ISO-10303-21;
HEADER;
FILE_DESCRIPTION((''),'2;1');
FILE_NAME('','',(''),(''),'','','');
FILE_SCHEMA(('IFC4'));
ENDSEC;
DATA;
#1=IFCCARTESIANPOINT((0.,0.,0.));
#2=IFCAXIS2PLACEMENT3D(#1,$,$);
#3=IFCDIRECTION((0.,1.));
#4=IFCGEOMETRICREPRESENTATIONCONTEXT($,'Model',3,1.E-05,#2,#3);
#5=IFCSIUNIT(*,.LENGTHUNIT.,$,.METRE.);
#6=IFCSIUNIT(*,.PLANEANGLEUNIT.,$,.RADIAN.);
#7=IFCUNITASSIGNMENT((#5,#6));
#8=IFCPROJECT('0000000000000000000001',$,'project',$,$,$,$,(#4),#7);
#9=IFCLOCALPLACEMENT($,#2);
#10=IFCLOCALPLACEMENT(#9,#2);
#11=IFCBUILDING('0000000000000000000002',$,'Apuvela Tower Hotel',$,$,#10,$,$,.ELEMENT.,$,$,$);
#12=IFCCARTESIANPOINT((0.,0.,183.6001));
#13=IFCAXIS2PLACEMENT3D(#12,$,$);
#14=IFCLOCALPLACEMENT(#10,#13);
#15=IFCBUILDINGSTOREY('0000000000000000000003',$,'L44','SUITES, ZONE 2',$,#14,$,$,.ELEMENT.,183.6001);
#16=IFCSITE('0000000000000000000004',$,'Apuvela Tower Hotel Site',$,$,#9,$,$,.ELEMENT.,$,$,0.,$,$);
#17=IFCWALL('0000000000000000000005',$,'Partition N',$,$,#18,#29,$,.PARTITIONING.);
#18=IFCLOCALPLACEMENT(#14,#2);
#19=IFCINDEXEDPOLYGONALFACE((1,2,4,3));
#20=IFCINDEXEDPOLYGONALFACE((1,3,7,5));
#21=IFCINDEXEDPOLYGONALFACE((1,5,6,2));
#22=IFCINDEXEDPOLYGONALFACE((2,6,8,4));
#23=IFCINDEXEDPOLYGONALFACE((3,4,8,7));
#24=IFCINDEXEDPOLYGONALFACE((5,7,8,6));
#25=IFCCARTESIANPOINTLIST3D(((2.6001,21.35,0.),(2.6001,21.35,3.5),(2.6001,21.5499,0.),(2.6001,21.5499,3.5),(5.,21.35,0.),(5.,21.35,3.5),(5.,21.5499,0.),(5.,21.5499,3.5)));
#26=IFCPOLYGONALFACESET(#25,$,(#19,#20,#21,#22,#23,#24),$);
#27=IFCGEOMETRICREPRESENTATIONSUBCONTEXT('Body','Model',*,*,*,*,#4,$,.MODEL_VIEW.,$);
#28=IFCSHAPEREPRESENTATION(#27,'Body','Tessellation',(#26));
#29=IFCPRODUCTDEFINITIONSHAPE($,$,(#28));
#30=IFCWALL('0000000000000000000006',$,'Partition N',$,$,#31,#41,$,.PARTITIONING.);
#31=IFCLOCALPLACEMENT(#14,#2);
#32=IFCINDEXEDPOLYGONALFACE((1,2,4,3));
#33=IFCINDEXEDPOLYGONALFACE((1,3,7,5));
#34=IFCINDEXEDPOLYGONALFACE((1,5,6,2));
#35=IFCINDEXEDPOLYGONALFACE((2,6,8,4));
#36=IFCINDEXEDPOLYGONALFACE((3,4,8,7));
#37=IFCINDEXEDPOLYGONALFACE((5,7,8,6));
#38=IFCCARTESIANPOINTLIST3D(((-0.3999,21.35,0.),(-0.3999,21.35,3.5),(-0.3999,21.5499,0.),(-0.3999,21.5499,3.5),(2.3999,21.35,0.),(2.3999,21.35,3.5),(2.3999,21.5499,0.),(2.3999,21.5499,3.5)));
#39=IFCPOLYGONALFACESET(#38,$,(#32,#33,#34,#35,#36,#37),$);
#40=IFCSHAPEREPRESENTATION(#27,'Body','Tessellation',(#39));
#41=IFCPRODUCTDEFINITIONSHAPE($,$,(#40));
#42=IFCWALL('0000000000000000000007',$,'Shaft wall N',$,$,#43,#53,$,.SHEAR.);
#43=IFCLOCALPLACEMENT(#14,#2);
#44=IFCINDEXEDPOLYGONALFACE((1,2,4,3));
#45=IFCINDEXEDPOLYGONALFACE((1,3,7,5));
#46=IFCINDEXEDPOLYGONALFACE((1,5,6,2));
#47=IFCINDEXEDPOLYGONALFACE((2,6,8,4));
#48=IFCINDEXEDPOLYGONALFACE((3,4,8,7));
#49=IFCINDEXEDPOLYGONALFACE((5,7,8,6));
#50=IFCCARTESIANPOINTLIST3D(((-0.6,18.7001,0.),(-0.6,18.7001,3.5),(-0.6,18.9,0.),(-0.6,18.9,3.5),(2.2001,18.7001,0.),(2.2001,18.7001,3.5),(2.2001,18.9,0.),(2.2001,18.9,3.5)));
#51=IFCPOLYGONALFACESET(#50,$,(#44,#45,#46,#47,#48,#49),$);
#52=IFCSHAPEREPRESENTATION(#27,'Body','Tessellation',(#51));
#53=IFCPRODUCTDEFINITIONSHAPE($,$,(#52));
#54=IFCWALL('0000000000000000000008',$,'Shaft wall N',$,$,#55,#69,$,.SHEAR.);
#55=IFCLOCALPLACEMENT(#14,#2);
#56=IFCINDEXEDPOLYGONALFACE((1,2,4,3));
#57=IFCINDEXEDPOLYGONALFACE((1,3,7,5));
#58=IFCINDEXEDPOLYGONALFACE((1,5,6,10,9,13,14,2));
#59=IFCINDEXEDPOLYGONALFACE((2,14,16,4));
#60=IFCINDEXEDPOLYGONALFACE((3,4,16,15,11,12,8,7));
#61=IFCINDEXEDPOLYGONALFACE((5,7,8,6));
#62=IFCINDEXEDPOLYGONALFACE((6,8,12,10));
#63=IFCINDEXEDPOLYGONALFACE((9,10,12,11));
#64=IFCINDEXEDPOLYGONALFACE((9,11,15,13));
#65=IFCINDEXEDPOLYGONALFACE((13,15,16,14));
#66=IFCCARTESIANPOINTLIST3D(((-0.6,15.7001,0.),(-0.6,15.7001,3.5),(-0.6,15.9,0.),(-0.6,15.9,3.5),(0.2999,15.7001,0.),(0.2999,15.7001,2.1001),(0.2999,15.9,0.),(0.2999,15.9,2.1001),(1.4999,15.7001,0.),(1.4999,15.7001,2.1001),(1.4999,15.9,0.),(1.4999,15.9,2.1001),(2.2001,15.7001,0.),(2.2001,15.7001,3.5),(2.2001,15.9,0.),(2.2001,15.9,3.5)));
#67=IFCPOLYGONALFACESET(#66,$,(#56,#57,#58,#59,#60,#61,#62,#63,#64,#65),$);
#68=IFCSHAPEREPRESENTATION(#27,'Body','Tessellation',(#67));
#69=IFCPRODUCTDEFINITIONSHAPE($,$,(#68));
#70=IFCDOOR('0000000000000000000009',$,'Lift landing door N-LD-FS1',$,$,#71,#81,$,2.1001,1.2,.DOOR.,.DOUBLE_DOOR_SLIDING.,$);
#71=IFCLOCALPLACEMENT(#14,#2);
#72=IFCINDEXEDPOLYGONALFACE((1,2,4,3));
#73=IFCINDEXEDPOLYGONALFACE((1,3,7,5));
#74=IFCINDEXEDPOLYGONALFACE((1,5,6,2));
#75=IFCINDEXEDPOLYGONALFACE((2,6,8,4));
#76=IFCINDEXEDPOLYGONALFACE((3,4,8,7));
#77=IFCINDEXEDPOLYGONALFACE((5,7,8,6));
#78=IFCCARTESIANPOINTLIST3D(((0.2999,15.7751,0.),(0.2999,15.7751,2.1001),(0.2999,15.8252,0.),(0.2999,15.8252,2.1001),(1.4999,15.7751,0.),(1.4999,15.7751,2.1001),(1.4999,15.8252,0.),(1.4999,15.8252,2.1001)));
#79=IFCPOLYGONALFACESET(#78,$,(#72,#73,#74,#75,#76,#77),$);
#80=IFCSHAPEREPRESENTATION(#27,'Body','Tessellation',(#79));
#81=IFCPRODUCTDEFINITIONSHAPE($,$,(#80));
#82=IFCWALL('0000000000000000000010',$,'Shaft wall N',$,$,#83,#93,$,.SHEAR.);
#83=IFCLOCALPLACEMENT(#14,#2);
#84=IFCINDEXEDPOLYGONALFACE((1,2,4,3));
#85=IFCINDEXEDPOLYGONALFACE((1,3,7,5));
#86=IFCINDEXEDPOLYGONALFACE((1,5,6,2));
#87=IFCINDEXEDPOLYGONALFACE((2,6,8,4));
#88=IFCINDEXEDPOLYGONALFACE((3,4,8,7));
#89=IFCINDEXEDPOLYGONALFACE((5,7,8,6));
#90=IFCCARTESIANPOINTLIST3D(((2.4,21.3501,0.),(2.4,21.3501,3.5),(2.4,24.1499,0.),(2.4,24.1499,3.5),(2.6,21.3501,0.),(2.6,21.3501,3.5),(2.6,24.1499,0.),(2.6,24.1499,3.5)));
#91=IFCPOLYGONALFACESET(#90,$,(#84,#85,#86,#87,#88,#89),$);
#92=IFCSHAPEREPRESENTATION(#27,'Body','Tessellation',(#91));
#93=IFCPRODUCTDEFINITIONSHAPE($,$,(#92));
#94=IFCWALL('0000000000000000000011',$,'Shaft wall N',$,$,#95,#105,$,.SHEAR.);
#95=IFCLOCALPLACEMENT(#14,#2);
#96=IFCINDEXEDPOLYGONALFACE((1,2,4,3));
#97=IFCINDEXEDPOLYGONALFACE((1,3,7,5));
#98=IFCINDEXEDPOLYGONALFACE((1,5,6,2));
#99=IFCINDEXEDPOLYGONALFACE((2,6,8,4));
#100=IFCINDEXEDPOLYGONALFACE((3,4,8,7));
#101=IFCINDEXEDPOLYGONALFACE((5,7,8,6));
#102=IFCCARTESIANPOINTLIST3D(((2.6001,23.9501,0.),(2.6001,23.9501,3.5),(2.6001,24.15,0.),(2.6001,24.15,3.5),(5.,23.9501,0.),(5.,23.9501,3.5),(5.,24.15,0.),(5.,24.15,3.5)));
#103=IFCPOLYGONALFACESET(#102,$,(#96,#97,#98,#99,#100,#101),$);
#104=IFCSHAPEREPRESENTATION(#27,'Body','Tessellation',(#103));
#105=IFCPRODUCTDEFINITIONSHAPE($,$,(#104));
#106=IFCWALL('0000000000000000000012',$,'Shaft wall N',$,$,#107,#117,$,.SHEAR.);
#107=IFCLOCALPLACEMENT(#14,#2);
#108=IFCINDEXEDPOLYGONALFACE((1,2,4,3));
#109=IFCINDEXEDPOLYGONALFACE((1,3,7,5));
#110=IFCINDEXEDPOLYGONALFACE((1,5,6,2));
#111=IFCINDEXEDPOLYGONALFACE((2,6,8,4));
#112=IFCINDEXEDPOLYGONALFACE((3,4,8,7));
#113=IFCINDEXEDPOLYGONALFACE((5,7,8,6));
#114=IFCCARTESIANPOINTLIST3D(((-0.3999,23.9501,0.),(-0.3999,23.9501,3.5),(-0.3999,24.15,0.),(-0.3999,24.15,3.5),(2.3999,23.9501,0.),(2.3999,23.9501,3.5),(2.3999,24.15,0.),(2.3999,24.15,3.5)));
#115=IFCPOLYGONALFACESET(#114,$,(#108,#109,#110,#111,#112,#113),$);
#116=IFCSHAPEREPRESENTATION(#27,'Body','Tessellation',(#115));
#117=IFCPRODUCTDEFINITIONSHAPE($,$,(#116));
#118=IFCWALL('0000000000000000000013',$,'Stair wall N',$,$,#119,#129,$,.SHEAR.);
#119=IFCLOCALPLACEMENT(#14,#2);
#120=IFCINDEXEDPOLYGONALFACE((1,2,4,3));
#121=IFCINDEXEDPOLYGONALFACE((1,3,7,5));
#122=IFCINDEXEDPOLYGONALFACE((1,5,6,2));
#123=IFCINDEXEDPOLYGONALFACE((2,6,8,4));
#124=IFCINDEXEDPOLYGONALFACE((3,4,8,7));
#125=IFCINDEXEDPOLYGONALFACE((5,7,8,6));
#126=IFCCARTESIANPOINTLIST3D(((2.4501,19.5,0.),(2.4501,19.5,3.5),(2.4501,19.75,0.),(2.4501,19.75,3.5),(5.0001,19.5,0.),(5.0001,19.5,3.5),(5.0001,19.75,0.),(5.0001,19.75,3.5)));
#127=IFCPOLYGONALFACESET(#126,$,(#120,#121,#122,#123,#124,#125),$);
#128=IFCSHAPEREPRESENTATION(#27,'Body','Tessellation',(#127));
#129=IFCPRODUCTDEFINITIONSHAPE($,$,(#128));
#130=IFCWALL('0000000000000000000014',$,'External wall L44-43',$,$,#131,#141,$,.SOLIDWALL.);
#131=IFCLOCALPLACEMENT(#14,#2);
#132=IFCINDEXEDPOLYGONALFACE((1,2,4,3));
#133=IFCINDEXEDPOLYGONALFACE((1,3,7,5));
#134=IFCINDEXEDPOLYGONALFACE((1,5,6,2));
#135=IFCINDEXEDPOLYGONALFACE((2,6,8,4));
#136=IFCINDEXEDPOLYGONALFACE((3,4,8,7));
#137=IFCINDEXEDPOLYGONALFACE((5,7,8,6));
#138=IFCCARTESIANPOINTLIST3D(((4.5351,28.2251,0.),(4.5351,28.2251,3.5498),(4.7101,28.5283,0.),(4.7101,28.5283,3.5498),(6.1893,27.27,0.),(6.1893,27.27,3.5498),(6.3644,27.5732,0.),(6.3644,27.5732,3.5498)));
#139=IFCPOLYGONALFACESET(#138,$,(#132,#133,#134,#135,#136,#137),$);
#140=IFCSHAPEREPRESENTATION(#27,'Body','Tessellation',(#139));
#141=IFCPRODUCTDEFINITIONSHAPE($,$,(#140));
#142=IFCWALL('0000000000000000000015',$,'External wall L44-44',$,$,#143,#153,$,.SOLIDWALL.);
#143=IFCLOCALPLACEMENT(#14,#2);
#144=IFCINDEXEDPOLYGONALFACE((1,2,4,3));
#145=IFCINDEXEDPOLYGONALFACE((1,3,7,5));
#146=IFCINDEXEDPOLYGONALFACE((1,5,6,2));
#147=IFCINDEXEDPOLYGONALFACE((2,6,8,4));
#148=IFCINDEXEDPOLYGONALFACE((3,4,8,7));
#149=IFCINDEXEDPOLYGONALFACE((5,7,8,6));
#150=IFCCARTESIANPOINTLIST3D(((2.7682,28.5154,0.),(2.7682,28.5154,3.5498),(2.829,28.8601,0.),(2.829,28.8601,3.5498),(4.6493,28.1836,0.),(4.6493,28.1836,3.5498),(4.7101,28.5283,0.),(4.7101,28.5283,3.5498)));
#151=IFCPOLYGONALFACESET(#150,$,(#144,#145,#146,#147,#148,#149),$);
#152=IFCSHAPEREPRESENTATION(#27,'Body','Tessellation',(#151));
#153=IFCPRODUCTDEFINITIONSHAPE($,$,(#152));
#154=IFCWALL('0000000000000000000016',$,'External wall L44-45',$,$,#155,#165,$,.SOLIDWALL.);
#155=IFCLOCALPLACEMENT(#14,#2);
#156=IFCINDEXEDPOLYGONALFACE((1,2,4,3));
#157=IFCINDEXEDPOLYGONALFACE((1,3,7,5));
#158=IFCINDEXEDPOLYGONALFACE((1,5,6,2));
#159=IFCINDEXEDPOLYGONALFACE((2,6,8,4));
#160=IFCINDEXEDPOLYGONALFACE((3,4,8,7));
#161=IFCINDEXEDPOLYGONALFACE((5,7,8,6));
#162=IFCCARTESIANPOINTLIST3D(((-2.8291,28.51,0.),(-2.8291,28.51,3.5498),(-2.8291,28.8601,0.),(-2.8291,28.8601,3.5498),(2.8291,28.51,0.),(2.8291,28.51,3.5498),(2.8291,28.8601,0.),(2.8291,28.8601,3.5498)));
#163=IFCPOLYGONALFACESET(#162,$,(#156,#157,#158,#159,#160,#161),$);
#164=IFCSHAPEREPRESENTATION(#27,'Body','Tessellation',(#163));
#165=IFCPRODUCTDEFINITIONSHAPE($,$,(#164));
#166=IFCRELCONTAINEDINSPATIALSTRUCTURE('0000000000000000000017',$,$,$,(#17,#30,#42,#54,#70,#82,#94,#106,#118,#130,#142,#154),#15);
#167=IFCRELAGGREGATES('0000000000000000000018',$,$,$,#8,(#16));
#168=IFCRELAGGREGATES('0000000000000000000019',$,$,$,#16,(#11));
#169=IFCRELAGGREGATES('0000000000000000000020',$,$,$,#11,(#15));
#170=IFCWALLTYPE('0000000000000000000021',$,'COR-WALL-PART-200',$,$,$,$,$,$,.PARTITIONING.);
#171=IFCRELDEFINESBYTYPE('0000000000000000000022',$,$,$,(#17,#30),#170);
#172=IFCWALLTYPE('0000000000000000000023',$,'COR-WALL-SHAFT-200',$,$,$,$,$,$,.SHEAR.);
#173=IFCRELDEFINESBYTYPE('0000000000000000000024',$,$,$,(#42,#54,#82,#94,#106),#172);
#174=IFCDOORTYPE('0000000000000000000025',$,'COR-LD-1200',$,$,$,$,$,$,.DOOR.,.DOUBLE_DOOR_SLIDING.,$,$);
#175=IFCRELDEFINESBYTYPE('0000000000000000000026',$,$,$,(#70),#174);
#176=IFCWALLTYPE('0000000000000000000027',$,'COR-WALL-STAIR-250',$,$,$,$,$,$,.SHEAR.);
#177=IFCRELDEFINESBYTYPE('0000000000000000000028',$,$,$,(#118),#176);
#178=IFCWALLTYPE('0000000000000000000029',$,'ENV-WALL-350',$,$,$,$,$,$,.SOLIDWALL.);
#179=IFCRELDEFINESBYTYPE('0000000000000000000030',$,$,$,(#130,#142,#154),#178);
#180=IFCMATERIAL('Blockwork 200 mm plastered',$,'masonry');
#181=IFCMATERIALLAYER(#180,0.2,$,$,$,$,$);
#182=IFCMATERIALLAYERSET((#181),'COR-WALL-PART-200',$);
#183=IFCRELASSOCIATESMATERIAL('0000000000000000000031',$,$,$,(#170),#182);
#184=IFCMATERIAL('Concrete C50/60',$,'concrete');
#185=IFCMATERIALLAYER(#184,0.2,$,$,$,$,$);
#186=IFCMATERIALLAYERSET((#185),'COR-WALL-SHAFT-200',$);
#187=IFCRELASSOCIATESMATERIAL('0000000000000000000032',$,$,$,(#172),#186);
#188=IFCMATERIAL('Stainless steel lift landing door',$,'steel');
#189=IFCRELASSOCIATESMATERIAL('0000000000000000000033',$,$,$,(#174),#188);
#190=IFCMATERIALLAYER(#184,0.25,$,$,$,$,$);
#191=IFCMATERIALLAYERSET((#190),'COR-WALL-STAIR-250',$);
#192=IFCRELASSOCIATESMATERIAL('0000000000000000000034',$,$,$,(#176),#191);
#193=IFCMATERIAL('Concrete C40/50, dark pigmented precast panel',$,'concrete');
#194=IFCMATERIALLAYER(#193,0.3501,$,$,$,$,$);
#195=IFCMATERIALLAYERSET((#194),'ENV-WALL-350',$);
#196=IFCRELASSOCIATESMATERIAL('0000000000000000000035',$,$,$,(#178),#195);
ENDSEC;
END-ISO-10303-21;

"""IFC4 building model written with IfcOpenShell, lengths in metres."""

from ifc_helpers import new_model, si_unit, direction, frame, frame_2d, origin, place, context, subcontext, project, spatial, rectangle, extrude, material, layer, layer_set, type_object, element, fill, save


model = new_model("IFC4")

# Units and contexts
model_context = context("Model", 3, precision=1e-05, world=origin(), true_north=direction((0.0, 1.0)))
body_context = subcontext(model_context, "Body", "Model", "MODEL_VIEW")
ifc_project = project(units=[si_unit("LENGTHUNIT", "METRE"), si_unit("PLANEANGLEUNIT", "RADIAN")], contexts=[model_context])

# Site, building, storey
site_placement = place(None, origin())
site = spatial("IfcSite", under=ifc_project, at=site_placement, Name="Apuvela Tower Hotel Site", CompositionType="ELEMENT", RefElevation=0.0)
building_placement = place(site_placement, origin())
building = spatial("IfcBuilding", under=site, at=building_placement, Name="Apuvela Tower Hotel", CompositionType="ELEMENT")
storey_placement = place(building_placement, frame((0.0, 0.0, 183.6001)))
storey = spatial("IfcBuildingStorey", under=building, at=storey_placement, Name="L44", Description="SUITES, ZONE 2", CompositionType="ELEMENT", Elevation=183.6001)

# Walls
ifc_material_1 = material(Name="Blockwork 200 mm plastered", Category="masonry")
ifc_layer_1 = layer(ifc_material_1, 0.2)
ifc_layer_set_1 = layer_set([ifc_layer_1], Name="COR-WALL-PART-200")
wall_type_1 = type_object("IfcWallType", Name="COR-WALL-PART-200", PredefinedType="PARTITIONING", material=ifc_layer_set_1)
wall_1_placement = place(storey_placement, frame((5.0, 21.45, 0.0), z_axis=(0.0, 0.0, 1.0), x_axis=(-1.0, 0.0, 0.0)))
element("IfcWall", 1, at=wall_1_placement, inside=storey, type_object=wall_type_1, Name="Partition N", PredefinedType="PARTITIONING", context=body_context, shape_type="SweptSolid", body=[
    extrude(rectangle(XDim=2.3999, YDim=0.2, at=frame_2d((1.2, 0.0))), origin(), (0.0, 0.0, 1.0), 3.5),
])
wall_2_placement = place(storey_placement, frame((2.3999, 21.45, 0.0), z_axis=(0.0, 0.0, 1.0), x_axis=(-1.0, 0.0, 0.0)))
element("IfcWall", 2, at=wall_2_placement, inside=storey, type_object=wall_type_1, Name="Partition N", PredefinedType="PARTITIONING", context=body_context, shape_type="SweptSolid", body=[
    extrude(rectangle(XDim=2.7998, YDim=0.2, at=frame_2d((1.3999, 0.0))), origin(), (0.0, 0.0, 1.0), 3.5),
])
ifc_material_2 = material(Name="Concrete C50/60", Category="concrete")
ifc_layer_2 = layer(ifc_material_2, 0.2)
ifc_layer_set_2 = layer_set([ifc_layer_2], Name="COR-WALL-SHAFT-200")
wall_type_2 = type_object("IfcWallType", Name="COR-WALL-SHAFT-200", PredefinedType="SHEAR", material=ifc_layer_set_2)
wall_3_placement = place(storey_placement, frame((2.2, 18.8, 0.0), z_axis=(0.0, 0.0, 1.0), x_axis=(-1.0, 0.0, 0.0)))
element("IfcWall", 3, at=wall_3_placement, inside=storey, type_object=wall_type_2, Name="Shaft wall N", PredefinedType="SHEAR", context=body_context, shape_type="SweptSolid", body=[
    extrude(rectangle(XDim=2.8, YDim=0.2, at=frame_2d((1.3999, 0.0))), origin(), (0.0, 0.0, 1.0), 3.5),
])

# Wall, opening, door
wall_4_placement = place(storey_placement, frame((2.2, 15.8, 0.0), z_axis=(0.0, 0.0, 1.0), x_axis=(-1.0, 0.0, 0.0)))
wall_4 = element("IfcWall", 4, at=wall_4_placement, inside=storey, type_object=wall_type_2, Name="Shaft wall N", PredefinedType="SHEAR", context=body_context, shape_type="SweptSolid", body=[
    extrude(rectangle(XDim=2.8, YDim=0.2, at=frame_2d((1.3999, 0.0))), origin(), (0.0, 0.0, 1.0), 3.5),
])
opening_placement = place(wall_4_placement, frame((0.7, 0.0, 0.0)))
opening = element("IfcOpeningElement", 5, at=opening_placement, cuts=wall_4, PredefinedType="OPENING", context=body_context, shape_type="SweptSolid", body=[
    extrude(rectangle(XDim=1.2, YDim=2.1001, at=frame_2d((0.6001, 1.05))), frame((0.0, 0.1099, 0.0), z_axis=(0.0, -1.0, 0.0), x_axis=(1.0, 0.0, 0.0)), (0.0, 0.0, 1.0), 0.22),
])
ifc_material_3 = material(Name="Stainless steel lift landing door", Category="steel")
door_type = type_object("IfcDoorType", Name="COR-LD-1200", OperationType="DOUBLE_DOOR_SLIDING", PredefinedType="DOOR", material=ifc_material_3)
door_placement = place(opening_placement, origin())
door = element("IfcDoor", 6, at=door_placement, inside=storey, type_object=door_type, Name="Lift landing door N-LD-FS1", OperationType="DOUBLE_DOOR_SLIDING", OverallHeight=2.1001, OverallWidth=1.2, PredefinedType="DOOR", context=body_context, shape_type="SweptSolid", body=[
    extrude(rectangle(XDim=1.2, YDim=2.1001, at=frame_2d((0.6001, 1.05))), frame((0.0, 0.0249, 0.0), z_axis=(0.0, -1.0, 0.0), x_axis=(1.0, 0.0, 0.0)), (0.0, 0.0, 1.0), 0.05),
])
fill(opening, door)

# Walls
wall_5_placement = place(storey_placement, frame((2.5, 21.3501, 0.0), z_axis=(0.0, 0.0, 1.0), x_axis=(0.0, 1.0, 0.0)))
element("IfcWall", 7, at=wall_5_placement, inside=storey, type_object=wall_type_2, Name="Shaft wall N", PredefinedType="SHEAR", context=body_context, shape_type="SweptSolid", body=[
    extrude(rectangle(XDim=2.7998, YDim=0.2, at=frame_2d((1.3999, 0.0))), origin(), (0.0, 0.0, 1.0), 3.5),
])
wall_6_placement = place(storey_placement, frame((5.0, 24.05, 0.0), z_axis=(0.0, 0.0, 1.0), x_axis=(-1.0, 0.0, 0.0)))
element("IfcWall", 8, at=wall_6_placement, inside=storey, type_object=wall_type_2, Name="Shaft wall N", PredefinedType="SHEAR", context=body_context, shape_type="SweptSolid", body=[
    extrude(rectangle(XDim=2.3999, YDim=0.2, at=frame_2d((1.2, 0.0))), origin(), (0.0, 0.0, 1.0), 3.5),
])
wall_7_placement = place(storey_placement, frame((2.3999, 24.05, 0.0), z_axis=(0.0, 0.0, 1.0), x_axis=(-1.0, 0.0, 0.0)))
element("IfcWall", 9, at=wall_7_placement, inside=storey, type_object=wall_type_2, Name="Shaft wall N", PredefinedType="SHEAR", context=body_context, shape_type="SweptSolid", body=[
    extrude(rectangle(XDim=2.7998, YDim=0.2, at=frame_2d((1.3999, 0.0))), origin(), (0.0, 0.0, 1.0), 3.5),
])
ifc_layer_3 = layer(ifc_material_2, 0.25)
ifc_layer_set_3 = layer_set([ifc_layer_3], Name="COR-WALL-STAIR-250")
wall_type_3 = type_object("IfcWallType", Name="COR-WALL-STAIR-250", PredefinedType="SHEAR", material=ifc_layer_set_3)
wall_8_placement = place(storey_placement, frame((5.0, 19.625, 0.0), z_axis=(0.0, 0.0, 1.0), x_axis=(-1.0, 0.0, 0.0)))
element("IfcWall", 10, at=wall_8_placement, inside=storey, type_object=wall_type_3, Name="Stair wall N", PredefinedType="SHEAR", context=body_context, shape_type="SweptSolid", body=[
    extrude(rectangle(XDim=2.55, YDim=0.25, at=frame_2d((1.2749, 0.0))), origin(), (0.0, 0.0, 1.0), 3.5),
])
ifc_material_4 = material(Name="Concrete C40/50, dark pigmented precast panel", Category="concrete")
ifc_layer_4 = layer(ifc_material_4, 0.3501)
ifc_layer_set_4 = layer_set([ifc_layer_4], Name="ENV-WALL-350")
wall_type_4 = type_object("IfcWallType", Name="ENV-WALL-350", PredefinedType="SOLIDWALL", material=ifc_layer_set_4)
for number, where, z_axis, x_axis, name in (
    (11, (6.2769, 27.4216, 0.0), (0.0, 0.0, 1.0), (-0.866032, 0.499988, 0.0), "External wall L44-43"),
    (12, (4.6797, 28.356, 0.0), (0.0, 0.0, 1.0), (-0.984799, 0.173698, 0.0), "External wall L44-44"),
):
    element("IfcWall", number, at=place(storey_placement, frame(where, z_axis=z_axis, x_axis=x_axis)), inside=storey, type_object=wall_type_4, Name=name, PredefinedType="SOLIDWALL", context=body_context, shape_type="SweptSolid", body=[
        extrude(rectangle(XDim=1.9102, YDim=0.3501, at=frame_2d((0.9551, 0.0))), origin(), (0.0, 0.0, 1.0), 3.5498),
    ])
wall_9_placement = place(storey_placement, frame((2.8291, 28.6851, 0.0), z_axis=(0.0, 0.0, 1.0), x_axis=(-1.0, 0.0, 0.0)))
element("IfcWall", 13, at=wall_9_placement, inside=storey, type_object=wall_type_4, Name="External wall L44-45", PredefinedType="SOLIDWALL", context=body_context, shape_type="SweptSolid", body=[
    extrude(rectangle(XDim=5.6582, YDim=0.3501, at=frame_2d((2.8291, 0.0))), origin(), (0.0, 0.0, 1.0), 3.5498),
])

save(model, "model.ifc")
